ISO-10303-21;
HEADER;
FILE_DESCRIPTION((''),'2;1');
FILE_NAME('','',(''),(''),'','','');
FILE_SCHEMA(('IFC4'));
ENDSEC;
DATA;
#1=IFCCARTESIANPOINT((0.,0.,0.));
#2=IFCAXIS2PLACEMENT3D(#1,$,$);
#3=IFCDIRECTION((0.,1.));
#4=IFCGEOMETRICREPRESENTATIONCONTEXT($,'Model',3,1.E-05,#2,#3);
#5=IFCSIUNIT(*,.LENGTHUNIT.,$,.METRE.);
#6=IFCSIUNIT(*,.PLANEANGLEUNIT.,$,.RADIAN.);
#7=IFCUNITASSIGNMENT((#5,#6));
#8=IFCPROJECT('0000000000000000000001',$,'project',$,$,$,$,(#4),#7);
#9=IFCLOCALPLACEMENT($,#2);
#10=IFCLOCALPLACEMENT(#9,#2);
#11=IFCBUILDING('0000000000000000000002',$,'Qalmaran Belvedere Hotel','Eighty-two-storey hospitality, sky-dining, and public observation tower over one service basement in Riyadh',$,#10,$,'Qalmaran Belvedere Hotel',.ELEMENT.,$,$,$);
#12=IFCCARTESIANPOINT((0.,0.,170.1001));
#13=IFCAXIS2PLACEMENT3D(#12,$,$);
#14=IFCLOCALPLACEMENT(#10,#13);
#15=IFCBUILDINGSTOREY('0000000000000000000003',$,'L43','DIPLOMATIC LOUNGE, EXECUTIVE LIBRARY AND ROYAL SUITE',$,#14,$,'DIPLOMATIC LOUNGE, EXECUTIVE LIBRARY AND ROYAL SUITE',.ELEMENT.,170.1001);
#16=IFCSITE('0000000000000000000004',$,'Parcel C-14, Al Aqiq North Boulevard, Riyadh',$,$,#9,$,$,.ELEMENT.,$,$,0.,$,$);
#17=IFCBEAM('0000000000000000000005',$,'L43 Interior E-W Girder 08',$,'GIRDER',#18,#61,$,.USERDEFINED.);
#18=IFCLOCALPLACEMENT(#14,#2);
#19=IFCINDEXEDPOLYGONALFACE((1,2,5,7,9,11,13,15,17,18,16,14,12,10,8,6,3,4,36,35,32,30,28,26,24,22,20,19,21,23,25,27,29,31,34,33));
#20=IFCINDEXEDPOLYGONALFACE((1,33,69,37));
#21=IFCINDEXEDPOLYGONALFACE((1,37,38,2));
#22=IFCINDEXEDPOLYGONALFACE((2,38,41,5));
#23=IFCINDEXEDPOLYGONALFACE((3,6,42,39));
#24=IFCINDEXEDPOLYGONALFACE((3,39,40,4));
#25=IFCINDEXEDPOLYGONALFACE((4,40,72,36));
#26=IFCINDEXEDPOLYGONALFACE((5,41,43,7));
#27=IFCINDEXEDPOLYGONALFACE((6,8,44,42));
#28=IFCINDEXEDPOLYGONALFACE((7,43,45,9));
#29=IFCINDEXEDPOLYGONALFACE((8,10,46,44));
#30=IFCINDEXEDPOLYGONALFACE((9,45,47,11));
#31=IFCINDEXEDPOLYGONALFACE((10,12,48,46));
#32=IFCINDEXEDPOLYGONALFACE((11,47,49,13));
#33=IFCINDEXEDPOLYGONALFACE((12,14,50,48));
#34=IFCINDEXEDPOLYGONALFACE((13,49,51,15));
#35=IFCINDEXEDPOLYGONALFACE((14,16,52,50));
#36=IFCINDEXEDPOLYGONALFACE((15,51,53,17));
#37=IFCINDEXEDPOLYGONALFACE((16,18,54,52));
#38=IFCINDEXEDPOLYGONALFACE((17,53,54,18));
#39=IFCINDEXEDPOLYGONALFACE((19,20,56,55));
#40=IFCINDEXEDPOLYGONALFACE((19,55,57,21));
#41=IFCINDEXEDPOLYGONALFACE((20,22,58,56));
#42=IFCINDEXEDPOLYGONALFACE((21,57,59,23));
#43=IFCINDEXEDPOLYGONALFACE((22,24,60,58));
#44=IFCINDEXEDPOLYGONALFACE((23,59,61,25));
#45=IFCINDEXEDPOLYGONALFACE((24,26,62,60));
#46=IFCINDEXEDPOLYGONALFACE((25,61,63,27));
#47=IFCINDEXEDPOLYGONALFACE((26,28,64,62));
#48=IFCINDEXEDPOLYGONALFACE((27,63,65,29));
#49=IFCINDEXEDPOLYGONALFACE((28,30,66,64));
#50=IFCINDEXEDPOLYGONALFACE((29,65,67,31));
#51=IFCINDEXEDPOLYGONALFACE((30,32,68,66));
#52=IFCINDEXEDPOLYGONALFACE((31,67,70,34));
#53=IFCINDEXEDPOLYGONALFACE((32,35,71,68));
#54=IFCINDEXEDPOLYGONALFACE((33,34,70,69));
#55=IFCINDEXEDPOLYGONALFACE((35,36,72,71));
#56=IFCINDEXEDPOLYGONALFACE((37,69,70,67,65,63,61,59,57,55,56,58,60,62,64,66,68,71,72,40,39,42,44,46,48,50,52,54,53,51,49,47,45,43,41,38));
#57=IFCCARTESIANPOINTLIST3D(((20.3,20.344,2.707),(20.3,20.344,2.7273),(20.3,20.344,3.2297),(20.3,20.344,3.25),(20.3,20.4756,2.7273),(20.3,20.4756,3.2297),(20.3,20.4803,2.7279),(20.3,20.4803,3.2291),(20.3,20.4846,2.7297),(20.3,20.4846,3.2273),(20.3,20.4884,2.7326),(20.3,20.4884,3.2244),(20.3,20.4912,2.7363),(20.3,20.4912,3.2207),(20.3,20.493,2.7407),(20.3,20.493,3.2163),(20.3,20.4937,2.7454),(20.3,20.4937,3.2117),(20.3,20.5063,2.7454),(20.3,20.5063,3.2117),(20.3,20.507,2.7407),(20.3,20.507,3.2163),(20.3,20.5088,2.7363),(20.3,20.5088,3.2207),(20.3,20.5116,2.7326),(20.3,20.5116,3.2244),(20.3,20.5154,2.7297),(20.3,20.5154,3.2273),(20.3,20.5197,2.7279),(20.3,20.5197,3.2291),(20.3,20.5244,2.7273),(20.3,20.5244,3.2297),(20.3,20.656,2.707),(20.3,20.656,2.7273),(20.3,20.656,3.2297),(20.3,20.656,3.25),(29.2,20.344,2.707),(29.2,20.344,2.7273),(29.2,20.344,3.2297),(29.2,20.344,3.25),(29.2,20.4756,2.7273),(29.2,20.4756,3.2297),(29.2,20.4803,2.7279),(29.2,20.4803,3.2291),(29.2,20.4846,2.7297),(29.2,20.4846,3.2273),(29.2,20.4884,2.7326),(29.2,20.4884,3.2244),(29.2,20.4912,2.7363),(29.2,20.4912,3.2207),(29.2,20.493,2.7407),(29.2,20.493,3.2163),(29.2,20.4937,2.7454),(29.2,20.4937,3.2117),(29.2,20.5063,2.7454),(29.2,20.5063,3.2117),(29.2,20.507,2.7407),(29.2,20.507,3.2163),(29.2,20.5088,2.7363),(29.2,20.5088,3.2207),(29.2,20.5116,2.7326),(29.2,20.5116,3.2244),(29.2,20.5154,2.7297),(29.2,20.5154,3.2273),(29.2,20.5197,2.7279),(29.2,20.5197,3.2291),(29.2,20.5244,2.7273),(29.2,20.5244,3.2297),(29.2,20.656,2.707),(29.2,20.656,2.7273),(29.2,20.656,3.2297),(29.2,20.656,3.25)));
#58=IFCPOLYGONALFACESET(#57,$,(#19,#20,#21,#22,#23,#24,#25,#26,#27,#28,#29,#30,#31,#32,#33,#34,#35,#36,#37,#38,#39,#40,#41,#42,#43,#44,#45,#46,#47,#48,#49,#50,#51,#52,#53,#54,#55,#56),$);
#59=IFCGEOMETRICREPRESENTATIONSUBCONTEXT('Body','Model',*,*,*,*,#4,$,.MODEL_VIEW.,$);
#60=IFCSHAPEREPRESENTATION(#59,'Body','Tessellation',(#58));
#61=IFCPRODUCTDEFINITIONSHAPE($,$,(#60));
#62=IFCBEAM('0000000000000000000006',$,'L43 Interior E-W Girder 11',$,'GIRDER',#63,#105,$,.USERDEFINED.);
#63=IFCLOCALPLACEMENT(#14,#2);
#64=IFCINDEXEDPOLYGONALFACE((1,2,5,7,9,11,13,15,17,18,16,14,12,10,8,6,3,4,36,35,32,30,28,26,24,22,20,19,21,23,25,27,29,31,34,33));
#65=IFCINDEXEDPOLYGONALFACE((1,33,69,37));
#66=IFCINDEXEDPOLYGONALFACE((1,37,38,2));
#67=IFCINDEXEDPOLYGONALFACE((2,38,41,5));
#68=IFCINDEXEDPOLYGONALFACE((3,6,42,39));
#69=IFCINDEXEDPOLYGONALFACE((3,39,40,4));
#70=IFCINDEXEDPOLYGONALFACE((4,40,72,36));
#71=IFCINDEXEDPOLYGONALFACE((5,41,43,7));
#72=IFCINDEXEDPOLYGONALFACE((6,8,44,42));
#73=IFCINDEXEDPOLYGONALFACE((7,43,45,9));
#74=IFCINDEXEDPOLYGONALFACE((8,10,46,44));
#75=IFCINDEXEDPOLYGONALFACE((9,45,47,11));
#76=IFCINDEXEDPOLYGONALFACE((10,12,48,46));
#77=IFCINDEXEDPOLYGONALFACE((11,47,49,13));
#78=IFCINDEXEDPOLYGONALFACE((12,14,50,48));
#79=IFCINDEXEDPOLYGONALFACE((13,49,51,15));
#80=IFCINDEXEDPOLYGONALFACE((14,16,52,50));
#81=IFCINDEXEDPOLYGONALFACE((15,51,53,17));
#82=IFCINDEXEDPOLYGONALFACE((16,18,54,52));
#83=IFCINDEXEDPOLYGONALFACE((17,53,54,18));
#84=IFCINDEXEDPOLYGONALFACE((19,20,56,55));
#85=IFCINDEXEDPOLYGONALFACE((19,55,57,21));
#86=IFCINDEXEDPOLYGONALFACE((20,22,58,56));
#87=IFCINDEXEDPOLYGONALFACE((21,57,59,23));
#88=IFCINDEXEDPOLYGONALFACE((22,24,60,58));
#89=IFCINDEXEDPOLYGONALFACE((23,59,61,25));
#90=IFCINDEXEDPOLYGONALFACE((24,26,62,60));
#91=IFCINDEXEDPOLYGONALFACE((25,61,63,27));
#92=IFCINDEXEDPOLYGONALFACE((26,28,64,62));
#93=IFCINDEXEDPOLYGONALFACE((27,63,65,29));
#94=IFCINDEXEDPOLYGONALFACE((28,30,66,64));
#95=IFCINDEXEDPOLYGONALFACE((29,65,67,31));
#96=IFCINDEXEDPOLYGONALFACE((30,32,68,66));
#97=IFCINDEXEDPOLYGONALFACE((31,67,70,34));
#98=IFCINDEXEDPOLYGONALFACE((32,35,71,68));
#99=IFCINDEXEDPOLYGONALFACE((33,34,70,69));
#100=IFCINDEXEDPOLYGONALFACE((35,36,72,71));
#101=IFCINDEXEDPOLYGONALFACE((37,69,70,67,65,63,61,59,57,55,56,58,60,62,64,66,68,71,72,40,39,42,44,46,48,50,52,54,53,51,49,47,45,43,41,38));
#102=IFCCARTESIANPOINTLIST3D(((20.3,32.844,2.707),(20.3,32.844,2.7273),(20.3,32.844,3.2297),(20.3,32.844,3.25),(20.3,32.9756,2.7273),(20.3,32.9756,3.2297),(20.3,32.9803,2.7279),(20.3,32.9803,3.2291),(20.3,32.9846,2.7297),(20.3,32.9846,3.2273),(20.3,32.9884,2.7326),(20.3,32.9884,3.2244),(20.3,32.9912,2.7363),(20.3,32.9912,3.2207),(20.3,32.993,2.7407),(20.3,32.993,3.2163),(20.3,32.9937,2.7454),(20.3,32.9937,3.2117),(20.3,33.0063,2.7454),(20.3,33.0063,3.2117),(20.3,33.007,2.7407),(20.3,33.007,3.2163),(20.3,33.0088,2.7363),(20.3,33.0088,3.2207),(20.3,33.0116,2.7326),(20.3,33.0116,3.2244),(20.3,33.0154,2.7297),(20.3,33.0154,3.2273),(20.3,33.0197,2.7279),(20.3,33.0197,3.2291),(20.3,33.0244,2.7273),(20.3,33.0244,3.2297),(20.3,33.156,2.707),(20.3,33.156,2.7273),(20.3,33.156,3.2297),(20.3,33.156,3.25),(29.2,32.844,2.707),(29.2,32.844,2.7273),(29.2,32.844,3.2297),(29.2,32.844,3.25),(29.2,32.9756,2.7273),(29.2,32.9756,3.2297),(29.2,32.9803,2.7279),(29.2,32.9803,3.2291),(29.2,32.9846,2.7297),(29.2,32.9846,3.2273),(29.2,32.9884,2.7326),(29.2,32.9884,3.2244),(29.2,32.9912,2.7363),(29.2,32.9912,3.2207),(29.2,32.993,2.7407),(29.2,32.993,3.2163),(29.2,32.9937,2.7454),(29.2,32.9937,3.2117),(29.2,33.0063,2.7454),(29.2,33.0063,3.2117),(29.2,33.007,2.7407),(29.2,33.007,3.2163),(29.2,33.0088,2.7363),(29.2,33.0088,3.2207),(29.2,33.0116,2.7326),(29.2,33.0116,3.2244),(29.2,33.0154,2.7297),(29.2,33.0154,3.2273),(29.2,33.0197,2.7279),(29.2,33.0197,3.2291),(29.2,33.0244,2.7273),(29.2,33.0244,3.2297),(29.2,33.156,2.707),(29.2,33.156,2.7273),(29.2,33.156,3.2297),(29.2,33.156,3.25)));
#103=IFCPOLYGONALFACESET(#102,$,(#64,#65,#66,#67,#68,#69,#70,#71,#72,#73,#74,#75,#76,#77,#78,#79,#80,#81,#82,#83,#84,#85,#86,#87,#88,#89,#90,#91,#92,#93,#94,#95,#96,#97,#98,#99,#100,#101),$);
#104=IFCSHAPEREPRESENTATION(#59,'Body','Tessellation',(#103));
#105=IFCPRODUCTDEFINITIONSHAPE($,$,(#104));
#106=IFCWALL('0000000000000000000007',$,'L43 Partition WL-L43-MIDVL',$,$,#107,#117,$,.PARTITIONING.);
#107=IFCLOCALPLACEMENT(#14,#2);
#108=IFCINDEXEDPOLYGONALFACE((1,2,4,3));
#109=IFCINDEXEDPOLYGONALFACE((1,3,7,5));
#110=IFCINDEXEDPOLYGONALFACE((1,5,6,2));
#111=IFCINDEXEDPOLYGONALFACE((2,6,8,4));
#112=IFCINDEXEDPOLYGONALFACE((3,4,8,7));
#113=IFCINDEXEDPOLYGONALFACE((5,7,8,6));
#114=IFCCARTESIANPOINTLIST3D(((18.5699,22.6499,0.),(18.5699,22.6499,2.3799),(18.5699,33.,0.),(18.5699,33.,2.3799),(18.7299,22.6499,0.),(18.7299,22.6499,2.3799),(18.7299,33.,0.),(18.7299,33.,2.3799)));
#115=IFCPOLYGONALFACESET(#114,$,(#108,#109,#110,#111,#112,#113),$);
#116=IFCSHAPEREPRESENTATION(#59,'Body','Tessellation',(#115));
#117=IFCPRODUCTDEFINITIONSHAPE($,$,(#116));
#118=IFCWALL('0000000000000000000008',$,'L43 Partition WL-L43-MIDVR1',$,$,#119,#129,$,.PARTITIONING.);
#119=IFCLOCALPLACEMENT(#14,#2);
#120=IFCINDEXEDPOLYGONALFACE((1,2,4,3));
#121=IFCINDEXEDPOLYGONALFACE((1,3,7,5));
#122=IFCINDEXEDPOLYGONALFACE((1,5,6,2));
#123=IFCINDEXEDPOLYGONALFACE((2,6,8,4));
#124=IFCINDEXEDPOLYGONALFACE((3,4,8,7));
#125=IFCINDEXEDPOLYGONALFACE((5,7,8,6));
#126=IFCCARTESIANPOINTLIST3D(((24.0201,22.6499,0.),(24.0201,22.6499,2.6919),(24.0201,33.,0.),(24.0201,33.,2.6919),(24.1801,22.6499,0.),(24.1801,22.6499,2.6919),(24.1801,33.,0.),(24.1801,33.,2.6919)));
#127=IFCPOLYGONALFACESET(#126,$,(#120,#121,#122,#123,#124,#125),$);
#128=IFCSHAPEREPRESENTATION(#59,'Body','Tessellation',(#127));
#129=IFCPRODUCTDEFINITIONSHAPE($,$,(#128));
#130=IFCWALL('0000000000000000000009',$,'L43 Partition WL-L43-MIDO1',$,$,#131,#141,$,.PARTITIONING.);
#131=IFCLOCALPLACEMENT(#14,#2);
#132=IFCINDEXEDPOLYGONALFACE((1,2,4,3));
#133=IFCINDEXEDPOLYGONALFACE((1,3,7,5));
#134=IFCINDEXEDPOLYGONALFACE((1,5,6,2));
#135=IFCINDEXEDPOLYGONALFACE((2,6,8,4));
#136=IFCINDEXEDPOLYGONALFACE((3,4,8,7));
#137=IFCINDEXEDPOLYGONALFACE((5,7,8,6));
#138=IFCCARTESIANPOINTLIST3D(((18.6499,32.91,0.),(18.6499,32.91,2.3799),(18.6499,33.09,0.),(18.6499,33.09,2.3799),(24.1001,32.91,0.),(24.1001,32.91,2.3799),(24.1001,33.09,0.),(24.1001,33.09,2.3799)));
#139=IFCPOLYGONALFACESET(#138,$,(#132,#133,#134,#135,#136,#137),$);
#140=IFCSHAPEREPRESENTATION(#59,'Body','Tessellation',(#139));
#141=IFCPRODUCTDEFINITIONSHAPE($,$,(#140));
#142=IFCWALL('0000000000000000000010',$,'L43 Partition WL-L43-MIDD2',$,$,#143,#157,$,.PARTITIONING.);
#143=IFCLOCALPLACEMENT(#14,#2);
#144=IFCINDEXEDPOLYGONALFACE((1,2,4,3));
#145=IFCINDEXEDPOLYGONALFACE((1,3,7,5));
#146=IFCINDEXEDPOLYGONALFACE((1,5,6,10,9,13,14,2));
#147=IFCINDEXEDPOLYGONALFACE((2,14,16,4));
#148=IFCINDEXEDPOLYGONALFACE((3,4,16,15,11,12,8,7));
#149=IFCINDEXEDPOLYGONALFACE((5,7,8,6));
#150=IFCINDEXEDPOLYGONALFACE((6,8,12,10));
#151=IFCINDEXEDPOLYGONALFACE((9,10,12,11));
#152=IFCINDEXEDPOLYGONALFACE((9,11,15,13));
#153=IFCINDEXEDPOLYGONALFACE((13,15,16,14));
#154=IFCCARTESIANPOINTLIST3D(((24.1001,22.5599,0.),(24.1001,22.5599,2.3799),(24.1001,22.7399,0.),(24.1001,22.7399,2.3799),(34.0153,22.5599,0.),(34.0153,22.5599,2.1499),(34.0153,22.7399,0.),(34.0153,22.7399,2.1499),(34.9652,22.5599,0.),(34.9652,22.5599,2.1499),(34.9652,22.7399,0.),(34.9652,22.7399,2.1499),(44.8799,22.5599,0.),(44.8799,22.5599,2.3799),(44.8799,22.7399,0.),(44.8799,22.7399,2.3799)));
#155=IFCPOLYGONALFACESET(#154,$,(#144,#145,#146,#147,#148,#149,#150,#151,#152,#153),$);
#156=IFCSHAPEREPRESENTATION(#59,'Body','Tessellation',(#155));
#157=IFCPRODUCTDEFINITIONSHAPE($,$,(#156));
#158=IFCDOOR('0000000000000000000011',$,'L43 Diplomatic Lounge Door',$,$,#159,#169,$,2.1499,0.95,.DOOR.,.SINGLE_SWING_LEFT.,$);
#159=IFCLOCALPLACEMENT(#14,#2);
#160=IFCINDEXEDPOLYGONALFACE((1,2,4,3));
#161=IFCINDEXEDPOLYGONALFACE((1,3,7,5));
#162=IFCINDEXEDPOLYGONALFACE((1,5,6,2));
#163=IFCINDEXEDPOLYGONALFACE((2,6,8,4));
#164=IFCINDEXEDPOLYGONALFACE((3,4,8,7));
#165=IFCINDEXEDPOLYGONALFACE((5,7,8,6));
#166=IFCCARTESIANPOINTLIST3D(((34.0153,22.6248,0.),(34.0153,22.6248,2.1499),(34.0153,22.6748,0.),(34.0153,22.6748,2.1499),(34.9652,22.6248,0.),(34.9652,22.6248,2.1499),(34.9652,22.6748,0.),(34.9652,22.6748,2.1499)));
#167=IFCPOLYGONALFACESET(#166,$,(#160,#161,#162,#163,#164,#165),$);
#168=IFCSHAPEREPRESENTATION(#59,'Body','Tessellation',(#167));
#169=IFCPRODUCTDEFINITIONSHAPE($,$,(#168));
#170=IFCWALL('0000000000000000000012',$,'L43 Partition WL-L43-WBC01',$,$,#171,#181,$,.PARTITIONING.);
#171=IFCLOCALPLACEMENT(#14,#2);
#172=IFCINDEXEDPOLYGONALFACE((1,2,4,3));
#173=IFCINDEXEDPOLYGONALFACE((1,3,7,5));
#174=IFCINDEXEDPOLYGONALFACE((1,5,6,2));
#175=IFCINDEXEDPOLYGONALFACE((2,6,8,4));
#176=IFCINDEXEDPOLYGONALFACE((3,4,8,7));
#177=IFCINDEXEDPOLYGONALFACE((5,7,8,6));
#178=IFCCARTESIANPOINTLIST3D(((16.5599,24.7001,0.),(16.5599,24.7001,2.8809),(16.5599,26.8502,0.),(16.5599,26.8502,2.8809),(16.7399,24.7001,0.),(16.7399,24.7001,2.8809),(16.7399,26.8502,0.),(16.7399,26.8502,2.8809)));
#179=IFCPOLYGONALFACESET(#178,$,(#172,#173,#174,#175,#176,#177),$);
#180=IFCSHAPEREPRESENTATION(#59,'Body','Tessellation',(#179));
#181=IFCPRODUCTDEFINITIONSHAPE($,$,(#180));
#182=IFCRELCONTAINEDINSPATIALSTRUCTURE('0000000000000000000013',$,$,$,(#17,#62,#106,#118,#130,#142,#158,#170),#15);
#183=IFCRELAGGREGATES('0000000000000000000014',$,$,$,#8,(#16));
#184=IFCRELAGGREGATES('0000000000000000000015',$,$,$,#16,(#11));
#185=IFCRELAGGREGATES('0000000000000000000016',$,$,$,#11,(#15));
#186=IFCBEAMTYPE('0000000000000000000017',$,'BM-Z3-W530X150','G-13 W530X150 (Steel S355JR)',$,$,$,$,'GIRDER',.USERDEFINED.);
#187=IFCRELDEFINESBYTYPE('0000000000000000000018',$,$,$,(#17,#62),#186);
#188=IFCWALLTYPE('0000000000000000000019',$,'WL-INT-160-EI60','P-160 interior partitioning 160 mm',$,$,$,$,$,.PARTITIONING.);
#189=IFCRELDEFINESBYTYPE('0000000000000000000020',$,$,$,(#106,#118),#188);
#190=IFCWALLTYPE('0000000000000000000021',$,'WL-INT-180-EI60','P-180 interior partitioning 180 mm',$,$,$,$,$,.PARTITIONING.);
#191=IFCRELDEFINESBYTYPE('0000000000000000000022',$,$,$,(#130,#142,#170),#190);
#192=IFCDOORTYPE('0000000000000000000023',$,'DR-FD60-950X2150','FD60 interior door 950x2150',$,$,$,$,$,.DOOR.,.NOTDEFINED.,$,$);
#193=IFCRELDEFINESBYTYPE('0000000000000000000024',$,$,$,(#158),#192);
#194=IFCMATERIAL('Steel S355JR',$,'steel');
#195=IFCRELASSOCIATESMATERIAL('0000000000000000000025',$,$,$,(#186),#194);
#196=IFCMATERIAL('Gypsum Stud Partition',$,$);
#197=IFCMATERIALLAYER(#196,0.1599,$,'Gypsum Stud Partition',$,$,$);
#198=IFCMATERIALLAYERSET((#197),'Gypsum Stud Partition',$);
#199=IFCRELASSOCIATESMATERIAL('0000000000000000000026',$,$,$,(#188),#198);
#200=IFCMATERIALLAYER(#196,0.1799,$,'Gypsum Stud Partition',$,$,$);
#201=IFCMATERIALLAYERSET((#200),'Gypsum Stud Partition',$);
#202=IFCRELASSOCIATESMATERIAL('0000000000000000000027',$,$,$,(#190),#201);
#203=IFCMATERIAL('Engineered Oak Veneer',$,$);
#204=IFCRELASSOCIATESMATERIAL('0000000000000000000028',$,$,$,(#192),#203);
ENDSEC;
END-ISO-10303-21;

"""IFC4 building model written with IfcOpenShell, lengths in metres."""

from ifc_helpers import new_model, si_unit, direction, frame, frame_2d, origin, origin_2d, place, context, subcontext, project, spatial, rectangle, i_section, extrude, material, layer, layer_set, material_profile, profile_set, type_object, element, fill, save


model = new_model("IFC4")

# Units and contexts
model_context = context("Model", 3, precision=1e-05, world=origin(), true_north=direction((0.0, 1.0)))
body_context = subcontext(model_context, "Body", "Model", "MODEL_VIEW")
ifc_project = project(units=[si_unit("LENGTHUNIT", "METRE"), si_unit("PLANEANGLEUNIT", "RADIAN")], contexts=[model_context])

# Site, building, storey
site_placement = place(None, origin())
site = spatial("IfcSite", under=ifc_project, at=site_placement, Name="Parcel C-14, Al Aqiq North Boulevard, Riyadh", CompositionType="ELEMENT", RefElevation=0.0)
building_placement = place(site_placement, origin())
building = spatial("IfcBuilding", under=site, at=building_placement, Name="Qalmaran Belvedere Hotel", Description="Eighty-two-storey hospitality, sky-dining, and public observation tower over one service basement in Riyadh", LongName="Qalmaran Belvedere Hotel", CompositionType="ELEMENT")
storey_placement = place(building_placement, frame((0.0, 0.0, 170.1001)))
storey = spatial("IfcBuildingStorey", under=building, at=storey_placement, Name="L43", Description="DIPLOMATIC LOUNGE, EXECUTIVE LIBRARY AND ROYAL SUITE", LongName="DIPLOMATIC LOUNGE, EXECUTIVE LIBRARY AND ROYAL SUITE", CompositionType="ELEMENT", Elevation=170.1001)

# Beams
ifc_material_1 = material(Name="Steel S355JR", Category="steel")
ifc_material_profile_1 = material_profile(ifc_material_1, i_section(OverallWidth=0.312, OverallDepth=0.543, WebThickness=0.0127, FlangeThickness=0.0203, FilletRadius=0.0181, at=origin_2d()), Name="W530X150")
ifc_profile_set_1 = profile_set([ifc_material_profile_1], Name="Steel S355JR")
beam_type_1 = type_object("IfcBeamType", Name="BM-Z3-W530X150", Description="G-13 W530X150 (Steel S355JR)", ElementType="GIRDER", PredefinedType="USERDEFINED", material=ifc_profile_set_1)
for number, where, z_axis, x_axis, name in (
    (1, (20.3, 20.5, 2.9785), (1.0, 0.0, 0.0), (0.0, 1.0, 0.0), "L43 Interior E-W Girder 08"),
    (2, (20.3, 33.0, 2.9785), (1.0, 0.0, 0.0), (0.0, 1.0, 0.0), "L43 Interior E-W Girder 11"),
):
    element("IfcBeam", number, at=place(storey_placement, frame(where, z_axis=z_axis, x_axis=x_axis)), inside=storey, type_object=beam_type_1, Name=name, ObjectType="GIRDER", PredefinedType="USERDEFINED", context=body_context, shape_type="SweptSolid", body=[
        extrude(i_section(OverallWidth=0.312, OverallDepth=0.543, WebThickness=0.0127, FlangeThickness=0.0203, FilletRadius=0.0181, at=origin_2d()), origin(), (0.0, 0.0, 1.0), 8.8999),
    ])

# Shared definitions
ifc_material_2 = material(Name="Gypsum Stud Partition")

# Walls
ifc_layer_1 = layer(ifc_material_2, 0.1599, Name="Gypsum Stud Partition")
ifc_layer_set_1 = layer_set([ifc_layer_1], Name="Gypsum Stud Partition")
wall_type_1 = type_object("IfcWallType", Name="WL-INT-160-EI60", Description="P-160 interior partitioning 160 mm", PredefinedType="PARTITIONING", material=ifc_layer_set_1)
wall_1_placement = place(storey_placement, frame((18.6499, 22.6499, 0.0), z_axis=(0.0, 0.0, 1.0), x_axis=(0.0, 1.0, 0.0)))
element("IfcWall", 3, at=wall_1_placement, inside=storey, type_object=wall_type_1, Name="L43 Partition WL-L43-MIDVL", PredefinedType="PARTITIONING", context=body_context, shape_type="SweptSolid", body=[
    extrude(rectangle(XDim=10.3501, YDim=0.1599, at=frame_2d((5.175, 0.0))), origin(), (0.0, 0.0, 1.0), 2.3799),
])
wall_2_placement = place(storey_placement, frame((24.1001, 22.6499, 0.0), z_axis=(0.0, 0.0, 1.0), x_axis=(0.0, 1.0, 0.0)))
element("IfcWall", 4, at=wall_2_placement, inside=storey, type_object=wall_type_1, Name="L43 Partition WL-L43-MIDVR1", PredefinedType="PARTITIONING", context=body_context, shape_type="SweptSolid", body=[
    extrude(rectangle(XDim=10.3501, YDim=0.1599, at=frame_2d((5.175, 0.0))), origin(), (0.0, 0.0, 1.0), 2.6919),
])

# Shared definitions
ifc_layer_2 = layer(ifc_material_2, 0.1799, Name="Gypsum Stud Partition")
ifc_layer_set_2 = layer_set([ifc_layer_2], Name="Gypsum Stud Partition")
wall_type_2 = type_object("IfcWallType", Name="WL-INT-180-EI60", Description="P-180 interior partitioning 180 mm", PredefinedType="PARTITIONING", material=ifc_layer_set_2)
ifc_material_3 = material(Name="Engineered Oak Veneer")
door_type_1 = type_object("IfcDoorType", Name="DR-FD60-950X2150", Description="FD60 interior door 950x2150", OperationType="NOTDEFINED", PredefinedType="DOOR", material=ifc_material_3)

# Wall
wall_3_placement = place(storey_placement, frame((18.6499, 33.0, 0.0), z_axis=(0.0, 0.0, 1.0), x_axis=(1.0, 0.0, 0.0)))
element("IfcWall", 5, at=wall_3_placement, inside=storey, type_object=wall_type_2, Name="L43 Partition WL-L43-MIDO1", PredefinedType="PARTITIONING", context=body_context, shape_type="SweptSolid", body=[
    extrude(rectangle(XDim=5.4502, YDim=0.1799, at=frame_2d((2.7251, 0.0))), origin(), (0.0, 0.0, 1.0), 2.3799),
])

# Wall, opening, door
wall_4_placement = place(storey_placement, frame((24.1001, 22.6499, 0.0), z_axis=(0.0, 0.0, 1.0), x_axis=(1.0, 0.0, 0.0)))
wall_4 = element("IfcWall", 6, at=wall_4_placement, inside=storey, type_object=wall_type_2, Name="L43 Partition WL-L43-MIDD2", PredefinedType="PARTITIONING", context=body_context, shape_type="SweptSolid", body=[
    extrude(rectangle(XDim=20.7798, YDim=0.1799, at=frame_2d((10.3899, 0.0))), origin(), (0.0, 0.0, 1.0), 2.3799),
])
opening_1_placement = place(wall_4_placement, frame((9.915, 0.0, 0.0)))
opening_1 = element("IfcOpeningElement", 7, at=opening_1_placement, cuts=wall_4, PredefinedType="OPENING", context=body_context, shape_type="SweptSolid", body=[
    extrude(rectangle(XDim=0.95, YDim=2.1499, at=frame_2d((0.4751, 1.075))), frame((0.0, 0.1001, 0.0), z_axis=(0.0, -1.0, 0.0), x_axis=(1.0, 0.0, 0.0)), (0.0, 0.0, 1.0), 0.2),
])
door_1_placement = place(opening_1_placement, origin())
door_1 = element("IfcDoor", 8, at=door_1_placement, inside=storey, type_object=door_type_1, Name="L43 Diplomatic Lounge Door", OperationType="SINGLE_SWING_LEFT", OverallHeight=2.1499, OverallWidth=0.95, PredefinedType="DOOR", context=body_context, shape_type="SweptSolid", body=[
    extrude(rectangle(XDim=0.95, YDim=2.1499, at=frame_2d((0.4751, 1.075))), frame((0.0, 0.0249, 0.0), z_axis=(0.0, -1.0, 0.0), x_axis=(1.0, 0.0, 0.0)), (0.0, 0.0, 1.0), 0.05),
])
fill(opening_1, door_1)

# Wall
wall_5_placement = place(storey_placement, frame((16.6499, 24.7, 0.0), z_axis=(0.0, 0.0, 1.0), x_axis=(0.0, 1.0, 0.0)))
element("IfcWall", 9, at=wall_5_placement, inside=storey, type_object=wall_type_2, Name="L43 Partition WL-L43-WBC01", PredefinedType="PARTITIONING", context=body_context, shape_type="SweptSolid", body=[
    extrude(rectangle(XDim=2.1501, YDim=0.1799, at=frame_2d((1.0752, 0.0))), origin(), (0.0, 0.0, 1.0), 2.8809),
])

save(model, "model.ifc")
